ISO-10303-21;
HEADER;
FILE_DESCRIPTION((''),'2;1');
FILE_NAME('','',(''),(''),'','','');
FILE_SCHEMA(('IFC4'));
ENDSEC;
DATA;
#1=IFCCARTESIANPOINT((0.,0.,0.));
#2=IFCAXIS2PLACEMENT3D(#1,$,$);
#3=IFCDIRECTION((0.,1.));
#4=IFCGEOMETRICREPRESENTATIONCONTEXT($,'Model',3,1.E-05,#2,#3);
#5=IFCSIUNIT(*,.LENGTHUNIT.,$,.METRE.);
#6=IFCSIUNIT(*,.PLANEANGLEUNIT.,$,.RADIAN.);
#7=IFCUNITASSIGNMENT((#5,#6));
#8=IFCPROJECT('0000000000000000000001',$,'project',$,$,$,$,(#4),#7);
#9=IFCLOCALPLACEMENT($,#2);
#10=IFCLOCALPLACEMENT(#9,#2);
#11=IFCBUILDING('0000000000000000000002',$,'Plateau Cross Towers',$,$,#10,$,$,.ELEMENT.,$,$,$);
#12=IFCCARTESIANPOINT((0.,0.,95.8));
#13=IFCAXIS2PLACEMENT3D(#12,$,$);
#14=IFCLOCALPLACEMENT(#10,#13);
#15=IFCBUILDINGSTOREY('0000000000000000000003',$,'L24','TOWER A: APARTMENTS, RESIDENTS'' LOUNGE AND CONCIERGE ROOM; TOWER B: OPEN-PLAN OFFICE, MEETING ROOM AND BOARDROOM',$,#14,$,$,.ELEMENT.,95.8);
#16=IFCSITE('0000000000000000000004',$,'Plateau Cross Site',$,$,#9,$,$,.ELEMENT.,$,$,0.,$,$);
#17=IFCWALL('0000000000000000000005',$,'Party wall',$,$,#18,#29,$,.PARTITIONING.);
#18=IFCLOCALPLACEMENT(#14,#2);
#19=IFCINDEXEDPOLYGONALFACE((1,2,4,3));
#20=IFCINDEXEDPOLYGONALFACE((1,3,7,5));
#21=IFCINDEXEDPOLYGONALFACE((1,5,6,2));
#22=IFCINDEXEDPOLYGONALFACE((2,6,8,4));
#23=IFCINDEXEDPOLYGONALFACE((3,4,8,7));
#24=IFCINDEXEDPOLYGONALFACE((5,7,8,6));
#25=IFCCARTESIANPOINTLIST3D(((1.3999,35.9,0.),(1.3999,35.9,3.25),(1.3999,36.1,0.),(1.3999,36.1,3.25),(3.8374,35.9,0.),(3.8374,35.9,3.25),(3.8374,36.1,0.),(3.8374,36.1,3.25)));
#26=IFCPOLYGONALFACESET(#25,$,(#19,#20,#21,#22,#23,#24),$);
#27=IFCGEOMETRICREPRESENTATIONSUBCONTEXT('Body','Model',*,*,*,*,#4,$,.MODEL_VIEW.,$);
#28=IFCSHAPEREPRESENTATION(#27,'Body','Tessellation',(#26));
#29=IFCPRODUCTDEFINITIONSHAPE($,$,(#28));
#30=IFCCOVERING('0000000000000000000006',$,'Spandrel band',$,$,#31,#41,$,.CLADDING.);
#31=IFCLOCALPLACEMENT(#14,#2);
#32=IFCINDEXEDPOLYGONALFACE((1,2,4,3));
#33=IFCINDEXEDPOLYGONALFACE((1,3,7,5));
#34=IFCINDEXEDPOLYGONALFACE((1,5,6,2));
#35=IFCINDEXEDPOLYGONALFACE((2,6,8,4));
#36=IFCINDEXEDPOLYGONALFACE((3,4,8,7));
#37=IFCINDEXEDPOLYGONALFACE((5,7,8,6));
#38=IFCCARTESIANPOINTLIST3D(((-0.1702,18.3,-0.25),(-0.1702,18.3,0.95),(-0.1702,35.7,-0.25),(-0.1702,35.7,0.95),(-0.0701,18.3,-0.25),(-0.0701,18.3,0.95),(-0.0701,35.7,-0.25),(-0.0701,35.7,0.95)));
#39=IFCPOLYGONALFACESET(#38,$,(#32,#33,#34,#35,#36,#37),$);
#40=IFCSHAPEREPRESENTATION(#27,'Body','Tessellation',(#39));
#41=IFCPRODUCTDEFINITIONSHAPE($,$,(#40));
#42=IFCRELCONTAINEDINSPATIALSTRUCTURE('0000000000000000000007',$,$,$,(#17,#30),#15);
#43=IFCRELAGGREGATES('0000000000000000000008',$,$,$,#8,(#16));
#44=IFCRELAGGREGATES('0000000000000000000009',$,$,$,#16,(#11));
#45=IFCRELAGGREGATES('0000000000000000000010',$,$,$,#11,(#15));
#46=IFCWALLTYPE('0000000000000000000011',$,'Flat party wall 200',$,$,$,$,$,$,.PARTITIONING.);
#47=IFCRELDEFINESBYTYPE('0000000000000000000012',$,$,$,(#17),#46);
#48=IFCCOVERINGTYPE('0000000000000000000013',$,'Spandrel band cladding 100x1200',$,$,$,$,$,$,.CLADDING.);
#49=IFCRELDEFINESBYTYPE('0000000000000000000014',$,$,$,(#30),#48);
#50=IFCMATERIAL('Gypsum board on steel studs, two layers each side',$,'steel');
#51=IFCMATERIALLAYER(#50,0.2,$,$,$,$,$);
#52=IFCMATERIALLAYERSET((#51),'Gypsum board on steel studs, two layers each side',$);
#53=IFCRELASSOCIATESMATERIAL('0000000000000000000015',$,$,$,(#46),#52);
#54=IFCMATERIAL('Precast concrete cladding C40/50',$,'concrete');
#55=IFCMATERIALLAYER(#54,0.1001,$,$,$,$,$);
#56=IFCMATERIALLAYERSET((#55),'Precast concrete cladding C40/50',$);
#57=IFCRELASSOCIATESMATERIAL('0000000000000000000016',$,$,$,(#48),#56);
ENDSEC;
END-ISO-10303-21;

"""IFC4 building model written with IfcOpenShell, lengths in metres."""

from ifc_helpers import new_model, si_unit, direction, frame, frame_2d, origin, origin_2d, place, context, subcontext, project, spatial, rectangle, extrude, material, layer, layer_set, type_object, element, save


model = new_model("IFC4")

# Units and contexts
model_context = context("Model", 3, precision=1e-05, world=origin(), true_north=direction((0.0, 1.0)))
body_context = subcontext(model_context, "Body", "Model", "MODEL_VIEW")
ifc_project = project(units=[si_unit("LENGTHUNIT", "METRE"), si_unit("PLANEANGLEUNIT", "RADIAN")], contexts=[model_context])

# Site, building, storey
site_placement = place(None, origin())
site = spatial("IfcSite", under=ifc_project, at=site_placement, Name="Plateau Cross Site", CompositionType="ELEMENT", RefElevation=0.0)
building_placement = place(site_placement, origin())
building = spatial("IfcBuilding", under=site, at=building_placement, Name="Plateau Cross Towers", CompositionType="ELEMENT")
storey_placement = place(building_placement, frame((0.0, 0.0, 95.8)))
storey = spatial("IfcBuildingStorey", under=building, at=storey_placement, Name="L24", Description="TOWER A: APARTMENTS, RESIDENTS' LOUNGE AND CONCIERGE ROOM; TOWER B: OPEN-PLAN OFFICE, MEETING ROOM AND BOARDROOM", CompositionType="ELEMENT", Elevation=95.8)

# Wall
ifc_material_1 = material(Name="Gypsum board on steel studs, two layers each side", Category="steel")
ifc_layer_1 = layer(ifc_material_1, 0.2)
ifc_layer_set_1 = layer_set([ifc_layer_1], Name="Gypsum board on steel studs, two layers each side")
wall_type_1 = type_object("IfcWallType", Name="Flat party wall 200", PredefinedType="PARTITIONING", material=ifc_layer_set_1)
wall_1_placement = place(storey_placement, frame((1.3999, 36.0, 0.0), z_axis=(0.0, 0.0, 1.0), x_axis=(1.0, 0.0, 0.0)))
element("IfcWall", 1, at=wall_1_placement, inside=storey, type_object=wall_type_1, Name="Party wall", PredefinedType="PARTITIONING", context=body_context, shape_type="SweptSolid", body=[
    extrude(rectangle(XDim=2.4375, YDim=0.2, at=frame_2d((1.2188, 0.0))), origin(), (0.0, 0.0, 1.0), 3.25),
])

# Covering
ifc_material_2 = material(Name="Precast concrete cladding C40/50", Category="concrete")
ifc_layer_2 = layer(ifc_material_2, 0.1001)
ifc_layer_set_2 = layer_set([ifc_layer_2], Name="Precast concrete cladding C40/50")
covering_type = type_object("IfcCoveringType", Name="Spandrel band cladding 100x1200", PredefinedType="CLADDING", material=ifc_layer_set_2)
covering_placement = place(storey_placement, frame((-0.1201, 27.0, -0.25), z_axis=(0.0, 0.0, 1.0), x_axis=(0.0, -1.0, 0.0)))
element("IfcCovering", 2, at=covering_placement, inside=storey, type_object=covering_type, Name="Spandrel band", PredefinedType="CLADDING", context=body_context, shape_type="SweptSolid", body=[
    extrude(rectangle(XDim=17.3999, YDim=0.1001, at=origin_2d()), origin(), (0.0, 0.0, 1.0), 1.2),
])

save(model, "model.ifc")
